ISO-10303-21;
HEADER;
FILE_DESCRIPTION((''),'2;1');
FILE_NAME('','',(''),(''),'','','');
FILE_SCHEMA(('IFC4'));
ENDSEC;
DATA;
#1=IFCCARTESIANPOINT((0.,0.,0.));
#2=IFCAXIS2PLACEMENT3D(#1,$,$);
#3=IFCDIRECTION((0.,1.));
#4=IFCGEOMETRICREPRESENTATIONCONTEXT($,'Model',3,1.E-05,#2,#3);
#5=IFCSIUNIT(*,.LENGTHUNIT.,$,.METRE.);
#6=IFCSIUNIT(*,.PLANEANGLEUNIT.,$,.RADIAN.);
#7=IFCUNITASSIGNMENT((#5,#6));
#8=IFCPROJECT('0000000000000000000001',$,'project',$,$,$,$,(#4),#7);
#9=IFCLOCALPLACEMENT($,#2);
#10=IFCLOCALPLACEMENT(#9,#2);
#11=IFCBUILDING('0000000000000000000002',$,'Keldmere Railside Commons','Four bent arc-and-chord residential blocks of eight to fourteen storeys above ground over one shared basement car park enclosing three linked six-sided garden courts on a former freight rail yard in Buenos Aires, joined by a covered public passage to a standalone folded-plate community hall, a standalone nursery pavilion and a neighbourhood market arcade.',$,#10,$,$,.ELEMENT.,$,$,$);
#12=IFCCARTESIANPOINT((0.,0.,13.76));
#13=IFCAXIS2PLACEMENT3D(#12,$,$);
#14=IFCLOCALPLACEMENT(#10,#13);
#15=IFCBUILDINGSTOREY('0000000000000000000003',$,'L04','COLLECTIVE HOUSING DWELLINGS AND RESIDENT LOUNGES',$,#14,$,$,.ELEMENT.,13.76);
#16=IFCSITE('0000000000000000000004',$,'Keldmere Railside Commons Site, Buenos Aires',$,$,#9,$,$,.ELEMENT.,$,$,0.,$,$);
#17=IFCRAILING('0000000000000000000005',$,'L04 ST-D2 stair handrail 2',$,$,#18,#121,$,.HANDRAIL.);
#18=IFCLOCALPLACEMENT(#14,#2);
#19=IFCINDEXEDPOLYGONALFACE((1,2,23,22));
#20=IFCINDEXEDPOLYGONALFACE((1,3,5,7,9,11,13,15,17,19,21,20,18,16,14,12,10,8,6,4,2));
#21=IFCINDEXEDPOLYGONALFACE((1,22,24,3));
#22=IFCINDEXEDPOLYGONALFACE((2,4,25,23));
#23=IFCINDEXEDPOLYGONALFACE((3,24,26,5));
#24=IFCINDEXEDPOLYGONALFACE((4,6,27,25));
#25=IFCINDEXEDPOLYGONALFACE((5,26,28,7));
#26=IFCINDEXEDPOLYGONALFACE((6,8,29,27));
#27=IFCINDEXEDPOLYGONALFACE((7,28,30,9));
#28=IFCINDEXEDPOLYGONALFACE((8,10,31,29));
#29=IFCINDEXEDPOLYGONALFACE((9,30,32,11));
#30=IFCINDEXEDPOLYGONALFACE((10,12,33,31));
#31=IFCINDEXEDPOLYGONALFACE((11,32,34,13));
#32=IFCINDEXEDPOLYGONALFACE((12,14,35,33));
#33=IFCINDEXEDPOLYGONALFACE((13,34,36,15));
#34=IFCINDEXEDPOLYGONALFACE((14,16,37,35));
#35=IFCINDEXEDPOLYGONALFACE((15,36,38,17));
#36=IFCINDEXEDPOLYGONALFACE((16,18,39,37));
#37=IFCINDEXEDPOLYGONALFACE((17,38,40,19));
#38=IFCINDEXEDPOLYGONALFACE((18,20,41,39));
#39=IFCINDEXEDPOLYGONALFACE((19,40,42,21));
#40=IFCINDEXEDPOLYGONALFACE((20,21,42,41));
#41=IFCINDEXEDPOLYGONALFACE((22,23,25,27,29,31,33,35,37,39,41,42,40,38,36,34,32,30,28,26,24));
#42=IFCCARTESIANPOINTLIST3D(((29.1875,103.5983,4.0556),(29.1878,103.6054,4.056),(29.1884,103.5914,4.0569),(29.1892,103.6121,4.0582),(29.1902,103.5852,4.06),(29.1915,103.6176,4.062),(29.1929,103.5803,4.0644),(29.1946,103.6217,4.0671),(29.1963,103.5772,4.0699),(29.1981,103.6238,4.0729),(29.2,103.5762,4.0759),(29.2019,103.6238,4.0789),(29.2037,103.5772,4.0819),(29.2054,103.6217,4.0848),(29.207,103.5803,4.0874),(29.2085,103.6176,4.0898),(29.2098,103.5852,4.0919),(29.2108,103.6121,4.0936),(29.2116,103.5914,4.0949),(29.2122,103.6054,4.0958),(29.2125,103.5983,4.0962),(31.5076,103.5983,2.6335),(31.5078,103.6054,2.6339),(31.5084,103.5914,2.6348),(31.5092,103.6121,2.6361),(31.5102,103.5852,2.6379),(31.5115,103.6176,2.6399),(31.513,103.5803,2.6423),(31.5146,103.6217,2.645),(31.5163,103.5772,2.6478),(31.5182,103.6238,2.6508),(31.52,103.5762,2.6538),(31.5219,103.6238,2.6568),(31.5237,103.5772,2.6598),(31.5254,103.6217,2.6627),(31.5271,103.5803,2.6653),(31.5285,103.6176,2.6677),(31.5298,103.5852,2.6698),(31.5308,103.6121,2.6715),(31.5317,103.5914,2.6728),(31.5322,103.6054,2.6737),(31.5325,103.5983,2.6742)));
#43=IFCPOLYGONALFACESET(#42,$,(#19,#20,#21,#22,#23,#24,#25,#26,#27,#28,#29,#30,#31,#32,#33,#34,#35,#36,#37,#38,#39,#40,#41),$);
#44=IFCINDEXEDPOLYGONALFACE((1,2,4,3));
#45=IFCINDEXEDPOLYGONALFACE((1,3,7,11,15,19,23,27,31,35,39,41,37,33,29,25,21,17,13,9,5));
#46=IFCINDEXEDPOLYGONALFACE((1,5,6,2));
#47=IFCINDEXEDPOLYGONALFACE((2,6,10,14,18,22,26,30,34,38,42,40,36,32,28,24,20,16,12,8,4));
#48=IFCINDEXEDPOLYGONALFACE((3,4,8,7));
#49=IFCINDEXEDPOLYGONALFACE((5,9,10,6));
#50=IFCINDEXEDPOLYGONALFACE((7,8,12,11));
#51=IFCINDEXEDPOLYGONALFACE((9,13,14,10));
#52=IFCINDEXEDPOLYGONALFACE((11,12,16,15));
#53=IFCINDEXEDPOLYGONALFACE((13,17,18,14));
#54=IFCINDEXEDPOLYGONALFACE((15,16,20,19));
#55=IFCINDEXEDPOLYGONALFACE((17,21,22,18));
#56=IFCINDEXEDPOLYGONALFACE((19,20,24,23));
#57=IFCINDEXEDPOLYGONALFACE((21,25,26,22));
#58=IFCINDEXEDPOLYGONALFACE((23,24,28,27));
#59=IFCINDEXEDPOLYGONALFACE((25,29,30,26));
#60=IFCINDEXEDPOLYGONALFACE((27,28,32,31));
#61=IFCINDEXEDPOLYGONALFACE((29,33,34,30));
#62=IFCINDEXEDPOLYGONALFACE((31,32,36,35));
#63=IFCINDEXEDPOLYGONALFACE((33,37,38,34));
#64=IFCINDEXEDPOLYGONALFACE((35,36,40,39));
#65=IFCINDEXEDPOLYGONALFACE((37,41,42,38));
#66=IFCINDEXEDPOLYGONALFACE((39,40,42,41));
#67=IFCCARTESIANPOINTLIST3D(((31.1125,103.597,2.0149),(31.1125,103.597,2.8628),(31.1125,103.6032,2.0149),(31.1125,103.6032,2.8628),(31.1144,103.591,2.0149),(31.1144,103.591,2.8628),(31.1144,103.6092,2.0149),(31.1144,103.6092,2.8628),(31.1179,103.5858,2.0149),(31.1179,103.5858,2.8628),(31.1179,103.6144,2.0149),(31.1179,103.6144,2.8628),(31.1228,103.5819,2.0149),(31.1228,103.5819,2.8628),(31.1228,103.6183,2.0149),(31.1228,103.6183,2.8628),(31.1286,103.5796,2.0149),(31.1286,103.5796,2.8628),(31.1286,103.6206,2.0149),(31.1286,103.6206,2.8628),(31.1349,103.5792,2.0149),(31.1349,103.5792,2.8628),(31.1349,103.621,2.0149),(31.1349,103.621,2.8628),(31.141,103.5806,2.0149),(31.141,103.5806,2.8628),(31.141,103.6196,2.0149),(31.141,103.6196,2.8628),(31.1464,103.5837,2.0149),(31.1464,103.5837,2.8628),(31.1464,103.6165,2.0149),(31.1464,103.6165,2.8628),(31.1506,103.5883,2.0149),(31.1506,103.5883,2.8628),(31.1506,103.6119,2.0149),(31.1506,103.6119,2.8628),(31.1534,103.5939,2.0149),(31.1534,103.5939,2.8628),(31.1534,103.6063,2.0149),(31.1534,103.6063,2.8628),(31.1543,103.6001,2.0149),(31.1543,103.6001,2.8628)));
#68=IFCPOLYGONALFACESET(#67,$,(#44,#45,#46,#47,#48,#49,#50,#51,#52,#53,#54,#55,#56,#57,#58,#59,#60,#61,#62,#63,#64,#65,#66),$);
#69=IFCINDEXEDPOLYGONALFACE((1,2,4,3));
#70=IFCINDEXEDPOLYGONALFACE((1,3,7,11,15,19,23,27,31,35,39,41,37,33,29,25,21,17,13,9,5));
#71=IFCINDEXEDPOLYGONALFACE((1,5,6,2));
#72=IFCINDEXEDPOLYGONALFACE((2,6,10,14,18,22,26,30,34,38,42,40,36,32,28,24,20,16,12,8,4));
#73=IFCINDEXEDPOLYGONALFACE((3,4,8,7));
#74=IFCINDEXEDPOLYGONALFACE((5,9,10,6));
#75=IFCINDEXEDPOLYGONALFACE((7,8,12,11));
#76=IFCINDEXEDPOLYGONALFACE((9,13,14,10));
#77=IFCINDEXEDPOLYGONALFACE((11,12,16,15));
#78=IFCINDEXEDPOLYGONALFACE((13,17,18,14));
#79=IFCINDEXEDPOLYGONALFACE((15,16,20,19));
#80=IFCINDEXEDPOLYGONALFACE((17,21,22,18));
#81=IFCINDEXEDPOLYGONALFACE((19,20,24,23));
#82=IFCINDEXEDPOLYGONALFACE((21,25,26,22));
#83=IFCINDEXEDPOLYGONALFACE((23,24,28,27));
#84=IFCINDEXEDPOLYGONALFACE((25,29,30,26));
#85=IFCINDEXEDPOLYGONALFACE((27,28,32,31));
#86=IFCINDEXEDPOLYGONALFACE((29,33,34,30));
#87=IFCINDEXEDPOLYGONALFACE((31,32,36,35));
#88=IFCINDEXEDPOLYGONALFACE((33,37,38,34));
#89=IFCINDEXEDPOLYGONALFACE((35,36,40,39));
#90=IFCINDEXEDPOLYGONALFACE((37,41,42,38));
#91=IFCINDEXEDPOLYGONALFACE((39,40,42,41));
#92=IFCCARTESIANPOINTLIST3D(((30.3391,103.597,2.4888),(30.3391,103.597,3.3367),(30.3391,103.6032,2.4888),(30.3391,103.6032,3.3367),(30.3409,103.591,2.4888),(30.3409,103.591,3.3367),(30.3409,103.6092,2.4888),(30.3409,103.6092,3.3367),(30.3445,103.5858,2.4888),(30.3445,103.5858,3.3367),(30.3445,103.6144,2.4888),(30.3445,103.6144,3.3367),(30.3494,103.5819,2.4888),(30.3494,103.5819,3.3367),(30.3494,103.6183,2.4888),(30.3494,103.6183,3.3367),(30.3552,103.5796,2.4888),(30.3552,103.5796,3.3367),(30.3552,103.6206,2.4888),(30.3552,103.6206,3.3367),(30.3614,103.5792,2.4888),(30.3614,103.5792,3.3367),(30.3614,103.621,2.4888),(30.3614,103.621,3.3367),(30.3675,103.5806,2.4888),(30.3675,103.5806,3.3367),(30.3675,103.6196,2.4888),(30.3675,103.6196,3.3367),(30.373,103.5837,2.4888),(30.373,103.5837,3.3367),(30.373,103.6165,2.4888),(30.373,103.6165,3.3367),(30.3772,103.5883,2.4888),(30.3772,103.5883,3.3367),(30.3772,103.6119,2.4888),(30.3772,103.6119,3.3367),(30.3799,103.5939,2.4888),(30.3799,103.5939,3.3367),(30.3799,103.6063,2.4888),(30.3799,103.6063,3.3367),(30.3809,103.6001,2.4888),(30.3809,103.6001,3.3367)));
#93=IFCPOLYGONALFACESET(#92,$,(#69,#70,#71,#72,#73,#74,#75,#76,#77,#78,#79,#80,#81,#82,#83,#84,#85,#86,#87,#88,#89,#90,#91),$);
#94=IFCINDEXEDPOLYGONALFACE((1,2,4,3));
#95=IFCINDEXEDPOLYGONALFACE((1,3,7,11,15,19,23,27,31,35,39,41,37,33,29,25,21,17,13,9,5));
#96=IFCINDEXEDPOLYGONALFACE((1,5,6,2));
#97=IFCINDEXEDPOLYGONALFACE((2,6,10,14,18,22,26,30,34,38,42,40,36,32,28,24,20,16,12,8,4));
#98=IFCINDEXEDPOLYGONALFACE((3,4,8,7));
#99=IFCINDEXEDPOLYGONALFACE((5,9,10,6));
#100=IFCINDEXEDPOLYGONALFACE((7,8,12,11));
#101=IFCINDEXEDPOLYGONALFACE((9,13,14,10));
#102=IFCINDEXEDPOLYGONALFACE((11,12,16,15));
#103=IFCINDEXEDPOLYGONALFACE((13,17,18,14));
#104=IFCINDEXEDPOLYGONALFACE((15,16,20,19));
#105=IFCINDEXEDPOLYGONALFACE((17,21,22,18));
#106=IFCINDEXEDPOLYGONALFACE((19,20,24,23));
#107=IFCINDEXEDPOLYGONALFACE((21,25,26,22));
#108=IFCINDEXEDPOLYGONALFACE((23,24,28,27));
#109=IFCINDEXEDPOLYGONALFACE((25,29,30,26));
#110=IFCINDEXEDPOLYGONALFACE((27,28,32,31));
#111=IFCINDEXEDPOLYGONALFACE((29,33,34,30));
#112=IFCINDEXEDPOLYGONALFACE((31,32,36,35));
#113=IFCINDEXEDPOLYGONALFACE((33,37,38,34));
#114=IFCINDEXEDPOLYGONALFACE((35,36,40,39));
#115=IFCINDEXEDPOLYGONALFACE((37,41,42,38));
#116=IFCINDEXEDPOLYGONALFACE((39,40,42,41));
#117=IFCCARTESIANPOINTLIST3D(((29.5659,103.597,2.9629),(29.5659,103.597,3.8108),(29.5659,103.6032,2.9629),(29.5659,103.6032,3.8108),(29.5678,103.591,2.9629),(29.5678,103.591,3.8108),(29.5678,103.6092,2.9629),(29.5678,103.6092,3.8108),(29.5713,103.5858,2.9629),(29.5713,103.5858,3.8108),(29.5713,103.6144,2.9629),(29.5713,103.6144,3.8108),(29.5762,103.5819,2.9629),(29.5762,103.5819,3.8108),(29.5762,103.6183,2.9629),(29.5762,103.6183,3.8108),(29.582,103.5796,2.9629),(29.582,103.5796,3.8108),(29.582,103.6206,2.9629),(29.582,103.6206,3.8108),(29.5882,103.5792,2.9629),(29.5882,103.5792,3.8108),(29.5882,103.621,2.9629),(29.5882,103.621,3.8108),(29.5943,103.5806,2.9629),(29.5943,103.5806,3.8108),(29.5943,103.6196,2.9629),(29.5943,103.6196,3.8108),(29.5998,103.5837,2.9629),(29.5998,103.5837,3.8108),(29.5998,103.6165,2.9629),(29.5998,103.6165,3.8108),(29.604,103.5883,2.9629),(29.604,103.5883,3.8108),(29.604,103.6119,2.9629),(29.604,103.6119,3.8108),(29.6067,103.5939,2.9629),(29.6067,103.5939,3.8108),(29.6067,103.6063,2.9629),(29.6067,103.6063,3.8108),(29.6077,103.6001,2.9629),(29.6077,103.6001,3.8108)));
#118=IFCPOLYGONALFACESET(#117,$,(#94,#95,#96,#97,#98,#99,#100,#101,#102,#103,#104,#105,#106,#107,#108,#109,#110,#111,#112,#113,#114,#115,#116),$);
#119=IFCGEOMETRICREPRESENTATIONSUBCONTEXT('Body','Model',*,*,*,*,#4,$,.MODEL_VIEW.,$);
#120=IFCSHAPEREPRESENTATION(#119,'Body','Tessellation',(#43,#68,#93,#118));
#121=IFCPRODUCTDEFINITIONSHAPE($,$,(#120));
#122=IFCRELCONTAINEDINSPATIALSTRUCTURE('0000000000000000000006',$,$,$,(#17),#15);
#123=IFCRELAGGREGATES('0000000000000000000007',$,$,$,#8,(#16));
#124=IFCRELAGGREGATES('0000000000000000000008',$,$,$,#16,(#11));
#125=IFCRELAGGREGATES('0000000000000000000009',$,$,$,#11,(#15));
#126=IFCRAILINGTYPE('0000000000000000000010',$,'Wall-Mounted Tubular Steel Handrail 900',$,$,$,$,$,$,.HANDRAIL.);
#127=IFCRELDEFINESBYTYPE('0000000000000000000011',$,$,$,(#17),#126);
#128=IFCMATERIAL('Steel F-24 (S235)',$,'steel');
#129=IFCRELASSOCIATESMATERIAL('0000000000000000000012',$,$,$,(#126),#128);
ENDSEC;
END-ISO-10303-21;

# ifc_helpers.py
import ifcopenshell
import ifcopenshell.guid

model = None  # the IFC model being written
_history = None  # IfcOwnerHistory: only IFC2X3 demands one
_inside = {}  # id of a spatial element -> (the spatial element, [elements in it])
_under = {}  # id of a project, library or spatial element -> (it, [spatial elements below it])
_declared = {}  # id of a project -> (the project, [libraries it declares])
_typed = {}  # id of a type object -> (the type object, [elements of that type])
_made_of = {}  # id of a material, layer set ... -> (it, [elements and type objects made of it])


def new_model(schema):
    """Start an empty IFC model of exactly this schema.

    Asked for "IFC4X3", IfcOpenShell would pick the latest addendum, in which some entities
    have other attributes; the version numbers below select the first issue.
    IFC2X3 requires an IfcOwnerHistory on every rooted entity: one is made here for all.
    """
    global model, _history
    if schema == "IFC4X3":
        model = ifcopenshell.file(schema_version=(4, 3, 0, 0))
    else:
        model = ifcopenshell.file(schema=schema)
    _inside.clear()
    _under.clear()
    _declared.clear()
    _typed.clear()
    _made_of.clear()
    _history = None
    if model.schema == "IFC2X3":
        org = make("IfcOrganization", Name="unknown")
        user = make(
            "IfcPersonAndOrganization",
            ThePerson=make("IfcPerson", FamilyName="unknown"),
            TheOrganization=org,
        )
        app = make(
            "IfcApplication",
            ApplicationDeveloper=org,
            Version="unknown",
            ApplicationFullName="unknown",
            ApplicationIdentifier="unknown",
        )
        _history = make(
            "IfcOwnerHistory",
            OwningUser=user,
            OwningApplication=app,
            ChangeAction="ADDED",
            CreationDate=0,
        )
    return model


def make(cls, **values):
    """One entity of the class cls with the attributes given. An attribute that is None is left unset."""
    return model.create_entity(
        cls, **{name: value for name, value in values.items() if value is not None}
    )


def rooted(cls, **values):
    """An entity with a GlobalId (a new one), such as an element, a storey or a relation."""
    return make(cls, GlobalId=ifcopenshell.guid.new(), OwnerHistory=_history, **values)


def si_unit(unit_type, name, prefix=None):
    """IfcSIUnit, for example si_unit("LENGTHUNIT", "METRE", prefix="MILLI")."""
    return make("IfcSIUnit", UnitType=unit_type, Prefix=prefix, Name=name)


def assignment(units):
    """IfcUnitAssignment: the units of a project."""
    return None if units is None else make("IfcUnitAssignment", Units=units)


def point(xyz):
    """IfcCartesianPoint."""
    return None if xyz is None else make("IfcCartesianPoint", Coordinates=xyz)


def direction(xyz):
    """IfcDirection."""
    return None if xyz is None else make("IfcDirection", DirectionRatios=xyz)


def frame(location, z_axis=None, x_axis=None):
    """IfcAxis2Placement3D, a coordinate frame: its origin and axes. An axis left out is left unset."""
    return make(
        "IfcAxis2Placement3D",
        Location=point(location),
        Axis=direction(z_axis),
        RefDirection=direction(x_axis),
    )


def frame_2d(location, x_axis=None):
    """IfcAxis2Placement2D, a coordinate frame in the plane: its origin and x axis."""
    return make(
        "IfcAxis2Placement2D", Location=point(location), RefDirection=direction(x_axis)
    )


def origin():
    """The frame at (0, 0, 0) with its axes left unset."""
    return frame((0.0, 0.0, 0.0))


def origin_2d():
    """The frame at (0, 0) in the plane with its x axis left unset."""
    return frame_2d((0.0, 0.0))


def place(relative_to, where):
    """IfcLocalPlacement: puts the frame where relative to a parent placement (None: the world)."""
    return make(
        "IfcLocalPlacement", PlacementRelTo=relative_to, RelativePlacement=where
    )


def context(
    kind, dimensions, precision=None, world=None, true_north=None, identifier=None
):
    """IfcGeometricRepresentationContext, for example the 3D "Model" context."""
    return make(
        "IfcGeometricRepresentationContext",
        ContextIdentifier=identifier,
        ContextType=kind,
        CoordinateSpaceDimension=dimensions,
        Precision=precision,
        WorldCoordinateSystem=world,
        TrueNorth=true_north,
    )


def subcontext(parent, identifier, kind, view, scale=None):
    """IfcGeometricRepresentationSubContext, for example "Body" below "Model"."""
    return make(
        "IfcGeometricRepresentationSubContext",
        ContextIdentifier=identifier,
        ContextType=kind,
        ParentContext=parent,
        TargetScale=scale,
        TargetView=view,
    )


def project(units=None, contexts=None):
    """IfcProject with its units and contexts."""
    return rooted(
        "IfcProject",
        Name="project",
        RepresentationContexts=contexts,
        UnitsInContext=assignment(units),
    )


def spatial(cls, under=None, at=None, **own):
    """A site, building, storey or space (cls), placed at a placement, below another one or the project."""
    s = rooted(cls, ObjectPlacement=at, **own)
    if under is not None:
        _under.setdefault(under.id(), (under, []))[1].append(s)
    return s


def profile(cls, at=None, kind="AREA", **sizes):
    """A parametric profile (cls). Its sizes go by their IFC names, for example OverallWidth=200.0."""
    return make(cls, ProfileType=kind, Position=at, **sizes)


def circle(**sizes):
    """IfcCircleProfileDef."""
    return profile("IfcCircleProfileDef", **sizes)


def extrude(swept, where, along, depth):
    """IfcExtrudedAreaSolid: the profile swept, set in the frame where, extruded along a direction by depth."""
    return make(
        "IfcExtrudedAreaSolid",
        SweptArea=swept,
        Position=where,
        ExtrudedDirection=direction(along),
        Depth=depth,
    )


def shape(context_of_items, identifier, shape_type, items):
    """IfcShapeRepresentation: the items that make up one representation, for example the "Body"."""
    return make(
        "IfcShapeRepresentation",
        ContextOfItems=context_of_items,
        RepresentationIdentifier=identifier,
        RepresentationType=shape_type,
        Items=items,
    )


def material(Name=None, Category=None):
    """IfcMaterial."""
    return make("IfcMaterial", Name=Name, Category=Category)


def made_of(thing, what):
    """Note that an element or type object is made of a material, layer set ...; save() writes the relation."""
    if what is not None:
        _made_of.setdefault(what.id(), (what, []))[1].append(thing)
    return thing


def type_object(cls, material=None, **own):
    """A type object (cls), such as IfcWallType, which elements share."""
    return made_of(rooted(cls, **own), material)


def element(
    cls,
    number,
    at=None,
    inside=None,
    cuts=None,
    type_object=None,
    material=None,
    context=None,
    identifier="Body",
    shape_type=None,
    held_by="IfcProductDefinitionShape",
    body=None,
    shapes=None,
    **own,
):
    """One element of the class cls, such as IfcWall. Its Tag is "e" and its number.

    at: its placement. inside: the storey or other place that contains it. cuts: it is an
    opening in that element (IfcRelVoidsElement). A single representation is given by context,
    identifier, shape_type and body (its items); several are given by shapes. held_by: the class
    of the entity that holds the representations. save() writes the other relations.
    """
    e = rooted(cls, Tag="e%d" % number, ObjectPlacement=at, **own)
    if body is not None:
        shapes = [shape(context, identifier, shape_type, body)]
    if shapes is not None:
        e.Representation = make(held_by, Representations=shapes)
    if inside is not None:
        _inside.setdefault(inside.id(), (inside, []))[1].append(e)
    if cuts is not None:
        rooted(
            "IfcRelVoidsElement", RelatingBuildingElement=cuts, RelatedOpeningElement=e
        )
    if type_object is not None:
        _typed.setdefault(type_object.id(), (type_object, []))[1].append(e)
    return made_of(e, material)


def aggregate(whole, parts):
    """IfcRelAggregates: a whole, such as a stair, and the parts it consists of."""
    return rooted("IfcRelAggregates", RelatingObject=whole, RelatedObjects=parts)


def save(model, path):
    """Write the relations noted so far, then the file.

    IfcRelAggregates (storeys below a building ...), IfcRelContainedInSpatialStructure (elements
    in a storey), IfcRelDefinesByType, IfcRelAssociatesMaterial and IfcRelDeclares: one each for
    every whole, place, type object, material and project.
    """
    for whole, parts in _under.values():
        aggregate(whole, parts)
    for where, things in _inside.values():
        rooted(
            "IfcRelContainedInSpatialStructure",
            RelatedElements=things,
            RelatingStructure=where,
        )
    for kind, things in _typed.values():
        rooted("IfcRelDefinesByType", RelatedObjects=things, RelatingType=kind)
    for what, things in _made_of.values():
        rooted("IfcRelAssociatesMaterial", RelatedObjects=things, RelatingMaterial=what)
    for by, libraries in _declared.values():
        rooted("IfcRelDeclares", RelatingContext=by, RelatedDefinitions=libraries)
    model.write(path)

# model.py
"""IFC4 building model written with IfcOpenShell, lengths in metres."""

from ifc_helpers import new_model, si_unit, direction, frame, origin, origin_2d, place, context, subcontext, project, spatial, circle, extrude, material, type_object, element, save


model = new_model("IFC4")

# Units and contexts
model_context = context("Model", 3, precision=1e-05, world=origin(), true_north=direction((0.0, 1.0)))
body_context = subcontext(model_context, "Body", "Model", "MODEL_VIEW")
ifc_project = project(units=[si_unit("LENGTHUNIT", "METRE"), si_unit("PLANEANGLEUNIT", "RADIAN")], contexts=[model_context])

# Site, building, storey
site_placement = place(None, origin())
site = spatial("IfcSite", under=ifc_project, at=site_placement, Name="Keldmere Railside Commons Site, Buenos Aires", CompositionType="ELEMENT", RefElevation=0.0)
building_placement = place(site_placement, origin())
building = spatial("IfcBuilding", under=site, at=building_placement, Name="Keldmere Railside Commons", Description="Four bent arc-and-chord residential blocks of eight to fourteen storeys above ground over one shared basement car park enclosing three linked six-sided garden courts on a former freight rail yard in Buenos Aires, joined by a covered public passage to a standalone folded-plate community hall, a standalone nursery pavilion and a neighbourhood market arcade.", CompositionType="ELEMENT")
storey_placement = place(building_placement, frame((0.0, 0.0, 13.76)))
storey = spatial("IfcBuildingStorey", under=building, at=storey_placement, Name="L04", Description="COLLECTIVE HOUSING DWELLINGS AND RESIDENT LOUNGES", CompositionType="ELEMENT", Elevation=13.76)

# Shared definitions
ifc_material_1 = material(Name="Steel F-24 (S235)", Category="steel")

# Railing
railing_type_1 = type_object("IfcRailingType", Name="Wall-Mounted Tubular Steel Handrail 900", PredefinedType="HANDRAIL", material=ifc_material_1)
railing_1_placement = place(storey_placement, frame((31.52, 103.6001, 1.7778)))
element("IfcRailing", 1, at=railing_1_placement, inside=storey, type_object=railing_type_1, Name="L04 ST-D2 stair handrail 2", PredefinedType="HANDRAIL", context=body_context, shape_type="SweptSolid", body=[
    extrude(circle(Radius=0.0239, at=origin_2d()), frame((0.0, 0.0, 0.876), z_axis=(-0.852578, 0.0, 0.5226), x_axis=(0.0, -1.0, 0.0)), (0.0, 0.0, 1.0), 2.7212),
    extrude(circle(Radius=0.021, at=origin_2d()), frame((-0.3867, 0.0, 0.2371)), (0.0, 0.0, 1.0), 0.8479),
    extrude(circle(Radius=0.021, at=origin_2d()), frame((-1.1602, 0.0, 0.7109)), (0.0, 0.0, 1.0), 0.8479),
    extrude(circle(Radius=0.021, at=origin_2d()), frame((-1.9333, 0.0, 1.1851)), (0.0, 0.0, 1.0), 0.8479),
])

save(model, "model.ifc")
